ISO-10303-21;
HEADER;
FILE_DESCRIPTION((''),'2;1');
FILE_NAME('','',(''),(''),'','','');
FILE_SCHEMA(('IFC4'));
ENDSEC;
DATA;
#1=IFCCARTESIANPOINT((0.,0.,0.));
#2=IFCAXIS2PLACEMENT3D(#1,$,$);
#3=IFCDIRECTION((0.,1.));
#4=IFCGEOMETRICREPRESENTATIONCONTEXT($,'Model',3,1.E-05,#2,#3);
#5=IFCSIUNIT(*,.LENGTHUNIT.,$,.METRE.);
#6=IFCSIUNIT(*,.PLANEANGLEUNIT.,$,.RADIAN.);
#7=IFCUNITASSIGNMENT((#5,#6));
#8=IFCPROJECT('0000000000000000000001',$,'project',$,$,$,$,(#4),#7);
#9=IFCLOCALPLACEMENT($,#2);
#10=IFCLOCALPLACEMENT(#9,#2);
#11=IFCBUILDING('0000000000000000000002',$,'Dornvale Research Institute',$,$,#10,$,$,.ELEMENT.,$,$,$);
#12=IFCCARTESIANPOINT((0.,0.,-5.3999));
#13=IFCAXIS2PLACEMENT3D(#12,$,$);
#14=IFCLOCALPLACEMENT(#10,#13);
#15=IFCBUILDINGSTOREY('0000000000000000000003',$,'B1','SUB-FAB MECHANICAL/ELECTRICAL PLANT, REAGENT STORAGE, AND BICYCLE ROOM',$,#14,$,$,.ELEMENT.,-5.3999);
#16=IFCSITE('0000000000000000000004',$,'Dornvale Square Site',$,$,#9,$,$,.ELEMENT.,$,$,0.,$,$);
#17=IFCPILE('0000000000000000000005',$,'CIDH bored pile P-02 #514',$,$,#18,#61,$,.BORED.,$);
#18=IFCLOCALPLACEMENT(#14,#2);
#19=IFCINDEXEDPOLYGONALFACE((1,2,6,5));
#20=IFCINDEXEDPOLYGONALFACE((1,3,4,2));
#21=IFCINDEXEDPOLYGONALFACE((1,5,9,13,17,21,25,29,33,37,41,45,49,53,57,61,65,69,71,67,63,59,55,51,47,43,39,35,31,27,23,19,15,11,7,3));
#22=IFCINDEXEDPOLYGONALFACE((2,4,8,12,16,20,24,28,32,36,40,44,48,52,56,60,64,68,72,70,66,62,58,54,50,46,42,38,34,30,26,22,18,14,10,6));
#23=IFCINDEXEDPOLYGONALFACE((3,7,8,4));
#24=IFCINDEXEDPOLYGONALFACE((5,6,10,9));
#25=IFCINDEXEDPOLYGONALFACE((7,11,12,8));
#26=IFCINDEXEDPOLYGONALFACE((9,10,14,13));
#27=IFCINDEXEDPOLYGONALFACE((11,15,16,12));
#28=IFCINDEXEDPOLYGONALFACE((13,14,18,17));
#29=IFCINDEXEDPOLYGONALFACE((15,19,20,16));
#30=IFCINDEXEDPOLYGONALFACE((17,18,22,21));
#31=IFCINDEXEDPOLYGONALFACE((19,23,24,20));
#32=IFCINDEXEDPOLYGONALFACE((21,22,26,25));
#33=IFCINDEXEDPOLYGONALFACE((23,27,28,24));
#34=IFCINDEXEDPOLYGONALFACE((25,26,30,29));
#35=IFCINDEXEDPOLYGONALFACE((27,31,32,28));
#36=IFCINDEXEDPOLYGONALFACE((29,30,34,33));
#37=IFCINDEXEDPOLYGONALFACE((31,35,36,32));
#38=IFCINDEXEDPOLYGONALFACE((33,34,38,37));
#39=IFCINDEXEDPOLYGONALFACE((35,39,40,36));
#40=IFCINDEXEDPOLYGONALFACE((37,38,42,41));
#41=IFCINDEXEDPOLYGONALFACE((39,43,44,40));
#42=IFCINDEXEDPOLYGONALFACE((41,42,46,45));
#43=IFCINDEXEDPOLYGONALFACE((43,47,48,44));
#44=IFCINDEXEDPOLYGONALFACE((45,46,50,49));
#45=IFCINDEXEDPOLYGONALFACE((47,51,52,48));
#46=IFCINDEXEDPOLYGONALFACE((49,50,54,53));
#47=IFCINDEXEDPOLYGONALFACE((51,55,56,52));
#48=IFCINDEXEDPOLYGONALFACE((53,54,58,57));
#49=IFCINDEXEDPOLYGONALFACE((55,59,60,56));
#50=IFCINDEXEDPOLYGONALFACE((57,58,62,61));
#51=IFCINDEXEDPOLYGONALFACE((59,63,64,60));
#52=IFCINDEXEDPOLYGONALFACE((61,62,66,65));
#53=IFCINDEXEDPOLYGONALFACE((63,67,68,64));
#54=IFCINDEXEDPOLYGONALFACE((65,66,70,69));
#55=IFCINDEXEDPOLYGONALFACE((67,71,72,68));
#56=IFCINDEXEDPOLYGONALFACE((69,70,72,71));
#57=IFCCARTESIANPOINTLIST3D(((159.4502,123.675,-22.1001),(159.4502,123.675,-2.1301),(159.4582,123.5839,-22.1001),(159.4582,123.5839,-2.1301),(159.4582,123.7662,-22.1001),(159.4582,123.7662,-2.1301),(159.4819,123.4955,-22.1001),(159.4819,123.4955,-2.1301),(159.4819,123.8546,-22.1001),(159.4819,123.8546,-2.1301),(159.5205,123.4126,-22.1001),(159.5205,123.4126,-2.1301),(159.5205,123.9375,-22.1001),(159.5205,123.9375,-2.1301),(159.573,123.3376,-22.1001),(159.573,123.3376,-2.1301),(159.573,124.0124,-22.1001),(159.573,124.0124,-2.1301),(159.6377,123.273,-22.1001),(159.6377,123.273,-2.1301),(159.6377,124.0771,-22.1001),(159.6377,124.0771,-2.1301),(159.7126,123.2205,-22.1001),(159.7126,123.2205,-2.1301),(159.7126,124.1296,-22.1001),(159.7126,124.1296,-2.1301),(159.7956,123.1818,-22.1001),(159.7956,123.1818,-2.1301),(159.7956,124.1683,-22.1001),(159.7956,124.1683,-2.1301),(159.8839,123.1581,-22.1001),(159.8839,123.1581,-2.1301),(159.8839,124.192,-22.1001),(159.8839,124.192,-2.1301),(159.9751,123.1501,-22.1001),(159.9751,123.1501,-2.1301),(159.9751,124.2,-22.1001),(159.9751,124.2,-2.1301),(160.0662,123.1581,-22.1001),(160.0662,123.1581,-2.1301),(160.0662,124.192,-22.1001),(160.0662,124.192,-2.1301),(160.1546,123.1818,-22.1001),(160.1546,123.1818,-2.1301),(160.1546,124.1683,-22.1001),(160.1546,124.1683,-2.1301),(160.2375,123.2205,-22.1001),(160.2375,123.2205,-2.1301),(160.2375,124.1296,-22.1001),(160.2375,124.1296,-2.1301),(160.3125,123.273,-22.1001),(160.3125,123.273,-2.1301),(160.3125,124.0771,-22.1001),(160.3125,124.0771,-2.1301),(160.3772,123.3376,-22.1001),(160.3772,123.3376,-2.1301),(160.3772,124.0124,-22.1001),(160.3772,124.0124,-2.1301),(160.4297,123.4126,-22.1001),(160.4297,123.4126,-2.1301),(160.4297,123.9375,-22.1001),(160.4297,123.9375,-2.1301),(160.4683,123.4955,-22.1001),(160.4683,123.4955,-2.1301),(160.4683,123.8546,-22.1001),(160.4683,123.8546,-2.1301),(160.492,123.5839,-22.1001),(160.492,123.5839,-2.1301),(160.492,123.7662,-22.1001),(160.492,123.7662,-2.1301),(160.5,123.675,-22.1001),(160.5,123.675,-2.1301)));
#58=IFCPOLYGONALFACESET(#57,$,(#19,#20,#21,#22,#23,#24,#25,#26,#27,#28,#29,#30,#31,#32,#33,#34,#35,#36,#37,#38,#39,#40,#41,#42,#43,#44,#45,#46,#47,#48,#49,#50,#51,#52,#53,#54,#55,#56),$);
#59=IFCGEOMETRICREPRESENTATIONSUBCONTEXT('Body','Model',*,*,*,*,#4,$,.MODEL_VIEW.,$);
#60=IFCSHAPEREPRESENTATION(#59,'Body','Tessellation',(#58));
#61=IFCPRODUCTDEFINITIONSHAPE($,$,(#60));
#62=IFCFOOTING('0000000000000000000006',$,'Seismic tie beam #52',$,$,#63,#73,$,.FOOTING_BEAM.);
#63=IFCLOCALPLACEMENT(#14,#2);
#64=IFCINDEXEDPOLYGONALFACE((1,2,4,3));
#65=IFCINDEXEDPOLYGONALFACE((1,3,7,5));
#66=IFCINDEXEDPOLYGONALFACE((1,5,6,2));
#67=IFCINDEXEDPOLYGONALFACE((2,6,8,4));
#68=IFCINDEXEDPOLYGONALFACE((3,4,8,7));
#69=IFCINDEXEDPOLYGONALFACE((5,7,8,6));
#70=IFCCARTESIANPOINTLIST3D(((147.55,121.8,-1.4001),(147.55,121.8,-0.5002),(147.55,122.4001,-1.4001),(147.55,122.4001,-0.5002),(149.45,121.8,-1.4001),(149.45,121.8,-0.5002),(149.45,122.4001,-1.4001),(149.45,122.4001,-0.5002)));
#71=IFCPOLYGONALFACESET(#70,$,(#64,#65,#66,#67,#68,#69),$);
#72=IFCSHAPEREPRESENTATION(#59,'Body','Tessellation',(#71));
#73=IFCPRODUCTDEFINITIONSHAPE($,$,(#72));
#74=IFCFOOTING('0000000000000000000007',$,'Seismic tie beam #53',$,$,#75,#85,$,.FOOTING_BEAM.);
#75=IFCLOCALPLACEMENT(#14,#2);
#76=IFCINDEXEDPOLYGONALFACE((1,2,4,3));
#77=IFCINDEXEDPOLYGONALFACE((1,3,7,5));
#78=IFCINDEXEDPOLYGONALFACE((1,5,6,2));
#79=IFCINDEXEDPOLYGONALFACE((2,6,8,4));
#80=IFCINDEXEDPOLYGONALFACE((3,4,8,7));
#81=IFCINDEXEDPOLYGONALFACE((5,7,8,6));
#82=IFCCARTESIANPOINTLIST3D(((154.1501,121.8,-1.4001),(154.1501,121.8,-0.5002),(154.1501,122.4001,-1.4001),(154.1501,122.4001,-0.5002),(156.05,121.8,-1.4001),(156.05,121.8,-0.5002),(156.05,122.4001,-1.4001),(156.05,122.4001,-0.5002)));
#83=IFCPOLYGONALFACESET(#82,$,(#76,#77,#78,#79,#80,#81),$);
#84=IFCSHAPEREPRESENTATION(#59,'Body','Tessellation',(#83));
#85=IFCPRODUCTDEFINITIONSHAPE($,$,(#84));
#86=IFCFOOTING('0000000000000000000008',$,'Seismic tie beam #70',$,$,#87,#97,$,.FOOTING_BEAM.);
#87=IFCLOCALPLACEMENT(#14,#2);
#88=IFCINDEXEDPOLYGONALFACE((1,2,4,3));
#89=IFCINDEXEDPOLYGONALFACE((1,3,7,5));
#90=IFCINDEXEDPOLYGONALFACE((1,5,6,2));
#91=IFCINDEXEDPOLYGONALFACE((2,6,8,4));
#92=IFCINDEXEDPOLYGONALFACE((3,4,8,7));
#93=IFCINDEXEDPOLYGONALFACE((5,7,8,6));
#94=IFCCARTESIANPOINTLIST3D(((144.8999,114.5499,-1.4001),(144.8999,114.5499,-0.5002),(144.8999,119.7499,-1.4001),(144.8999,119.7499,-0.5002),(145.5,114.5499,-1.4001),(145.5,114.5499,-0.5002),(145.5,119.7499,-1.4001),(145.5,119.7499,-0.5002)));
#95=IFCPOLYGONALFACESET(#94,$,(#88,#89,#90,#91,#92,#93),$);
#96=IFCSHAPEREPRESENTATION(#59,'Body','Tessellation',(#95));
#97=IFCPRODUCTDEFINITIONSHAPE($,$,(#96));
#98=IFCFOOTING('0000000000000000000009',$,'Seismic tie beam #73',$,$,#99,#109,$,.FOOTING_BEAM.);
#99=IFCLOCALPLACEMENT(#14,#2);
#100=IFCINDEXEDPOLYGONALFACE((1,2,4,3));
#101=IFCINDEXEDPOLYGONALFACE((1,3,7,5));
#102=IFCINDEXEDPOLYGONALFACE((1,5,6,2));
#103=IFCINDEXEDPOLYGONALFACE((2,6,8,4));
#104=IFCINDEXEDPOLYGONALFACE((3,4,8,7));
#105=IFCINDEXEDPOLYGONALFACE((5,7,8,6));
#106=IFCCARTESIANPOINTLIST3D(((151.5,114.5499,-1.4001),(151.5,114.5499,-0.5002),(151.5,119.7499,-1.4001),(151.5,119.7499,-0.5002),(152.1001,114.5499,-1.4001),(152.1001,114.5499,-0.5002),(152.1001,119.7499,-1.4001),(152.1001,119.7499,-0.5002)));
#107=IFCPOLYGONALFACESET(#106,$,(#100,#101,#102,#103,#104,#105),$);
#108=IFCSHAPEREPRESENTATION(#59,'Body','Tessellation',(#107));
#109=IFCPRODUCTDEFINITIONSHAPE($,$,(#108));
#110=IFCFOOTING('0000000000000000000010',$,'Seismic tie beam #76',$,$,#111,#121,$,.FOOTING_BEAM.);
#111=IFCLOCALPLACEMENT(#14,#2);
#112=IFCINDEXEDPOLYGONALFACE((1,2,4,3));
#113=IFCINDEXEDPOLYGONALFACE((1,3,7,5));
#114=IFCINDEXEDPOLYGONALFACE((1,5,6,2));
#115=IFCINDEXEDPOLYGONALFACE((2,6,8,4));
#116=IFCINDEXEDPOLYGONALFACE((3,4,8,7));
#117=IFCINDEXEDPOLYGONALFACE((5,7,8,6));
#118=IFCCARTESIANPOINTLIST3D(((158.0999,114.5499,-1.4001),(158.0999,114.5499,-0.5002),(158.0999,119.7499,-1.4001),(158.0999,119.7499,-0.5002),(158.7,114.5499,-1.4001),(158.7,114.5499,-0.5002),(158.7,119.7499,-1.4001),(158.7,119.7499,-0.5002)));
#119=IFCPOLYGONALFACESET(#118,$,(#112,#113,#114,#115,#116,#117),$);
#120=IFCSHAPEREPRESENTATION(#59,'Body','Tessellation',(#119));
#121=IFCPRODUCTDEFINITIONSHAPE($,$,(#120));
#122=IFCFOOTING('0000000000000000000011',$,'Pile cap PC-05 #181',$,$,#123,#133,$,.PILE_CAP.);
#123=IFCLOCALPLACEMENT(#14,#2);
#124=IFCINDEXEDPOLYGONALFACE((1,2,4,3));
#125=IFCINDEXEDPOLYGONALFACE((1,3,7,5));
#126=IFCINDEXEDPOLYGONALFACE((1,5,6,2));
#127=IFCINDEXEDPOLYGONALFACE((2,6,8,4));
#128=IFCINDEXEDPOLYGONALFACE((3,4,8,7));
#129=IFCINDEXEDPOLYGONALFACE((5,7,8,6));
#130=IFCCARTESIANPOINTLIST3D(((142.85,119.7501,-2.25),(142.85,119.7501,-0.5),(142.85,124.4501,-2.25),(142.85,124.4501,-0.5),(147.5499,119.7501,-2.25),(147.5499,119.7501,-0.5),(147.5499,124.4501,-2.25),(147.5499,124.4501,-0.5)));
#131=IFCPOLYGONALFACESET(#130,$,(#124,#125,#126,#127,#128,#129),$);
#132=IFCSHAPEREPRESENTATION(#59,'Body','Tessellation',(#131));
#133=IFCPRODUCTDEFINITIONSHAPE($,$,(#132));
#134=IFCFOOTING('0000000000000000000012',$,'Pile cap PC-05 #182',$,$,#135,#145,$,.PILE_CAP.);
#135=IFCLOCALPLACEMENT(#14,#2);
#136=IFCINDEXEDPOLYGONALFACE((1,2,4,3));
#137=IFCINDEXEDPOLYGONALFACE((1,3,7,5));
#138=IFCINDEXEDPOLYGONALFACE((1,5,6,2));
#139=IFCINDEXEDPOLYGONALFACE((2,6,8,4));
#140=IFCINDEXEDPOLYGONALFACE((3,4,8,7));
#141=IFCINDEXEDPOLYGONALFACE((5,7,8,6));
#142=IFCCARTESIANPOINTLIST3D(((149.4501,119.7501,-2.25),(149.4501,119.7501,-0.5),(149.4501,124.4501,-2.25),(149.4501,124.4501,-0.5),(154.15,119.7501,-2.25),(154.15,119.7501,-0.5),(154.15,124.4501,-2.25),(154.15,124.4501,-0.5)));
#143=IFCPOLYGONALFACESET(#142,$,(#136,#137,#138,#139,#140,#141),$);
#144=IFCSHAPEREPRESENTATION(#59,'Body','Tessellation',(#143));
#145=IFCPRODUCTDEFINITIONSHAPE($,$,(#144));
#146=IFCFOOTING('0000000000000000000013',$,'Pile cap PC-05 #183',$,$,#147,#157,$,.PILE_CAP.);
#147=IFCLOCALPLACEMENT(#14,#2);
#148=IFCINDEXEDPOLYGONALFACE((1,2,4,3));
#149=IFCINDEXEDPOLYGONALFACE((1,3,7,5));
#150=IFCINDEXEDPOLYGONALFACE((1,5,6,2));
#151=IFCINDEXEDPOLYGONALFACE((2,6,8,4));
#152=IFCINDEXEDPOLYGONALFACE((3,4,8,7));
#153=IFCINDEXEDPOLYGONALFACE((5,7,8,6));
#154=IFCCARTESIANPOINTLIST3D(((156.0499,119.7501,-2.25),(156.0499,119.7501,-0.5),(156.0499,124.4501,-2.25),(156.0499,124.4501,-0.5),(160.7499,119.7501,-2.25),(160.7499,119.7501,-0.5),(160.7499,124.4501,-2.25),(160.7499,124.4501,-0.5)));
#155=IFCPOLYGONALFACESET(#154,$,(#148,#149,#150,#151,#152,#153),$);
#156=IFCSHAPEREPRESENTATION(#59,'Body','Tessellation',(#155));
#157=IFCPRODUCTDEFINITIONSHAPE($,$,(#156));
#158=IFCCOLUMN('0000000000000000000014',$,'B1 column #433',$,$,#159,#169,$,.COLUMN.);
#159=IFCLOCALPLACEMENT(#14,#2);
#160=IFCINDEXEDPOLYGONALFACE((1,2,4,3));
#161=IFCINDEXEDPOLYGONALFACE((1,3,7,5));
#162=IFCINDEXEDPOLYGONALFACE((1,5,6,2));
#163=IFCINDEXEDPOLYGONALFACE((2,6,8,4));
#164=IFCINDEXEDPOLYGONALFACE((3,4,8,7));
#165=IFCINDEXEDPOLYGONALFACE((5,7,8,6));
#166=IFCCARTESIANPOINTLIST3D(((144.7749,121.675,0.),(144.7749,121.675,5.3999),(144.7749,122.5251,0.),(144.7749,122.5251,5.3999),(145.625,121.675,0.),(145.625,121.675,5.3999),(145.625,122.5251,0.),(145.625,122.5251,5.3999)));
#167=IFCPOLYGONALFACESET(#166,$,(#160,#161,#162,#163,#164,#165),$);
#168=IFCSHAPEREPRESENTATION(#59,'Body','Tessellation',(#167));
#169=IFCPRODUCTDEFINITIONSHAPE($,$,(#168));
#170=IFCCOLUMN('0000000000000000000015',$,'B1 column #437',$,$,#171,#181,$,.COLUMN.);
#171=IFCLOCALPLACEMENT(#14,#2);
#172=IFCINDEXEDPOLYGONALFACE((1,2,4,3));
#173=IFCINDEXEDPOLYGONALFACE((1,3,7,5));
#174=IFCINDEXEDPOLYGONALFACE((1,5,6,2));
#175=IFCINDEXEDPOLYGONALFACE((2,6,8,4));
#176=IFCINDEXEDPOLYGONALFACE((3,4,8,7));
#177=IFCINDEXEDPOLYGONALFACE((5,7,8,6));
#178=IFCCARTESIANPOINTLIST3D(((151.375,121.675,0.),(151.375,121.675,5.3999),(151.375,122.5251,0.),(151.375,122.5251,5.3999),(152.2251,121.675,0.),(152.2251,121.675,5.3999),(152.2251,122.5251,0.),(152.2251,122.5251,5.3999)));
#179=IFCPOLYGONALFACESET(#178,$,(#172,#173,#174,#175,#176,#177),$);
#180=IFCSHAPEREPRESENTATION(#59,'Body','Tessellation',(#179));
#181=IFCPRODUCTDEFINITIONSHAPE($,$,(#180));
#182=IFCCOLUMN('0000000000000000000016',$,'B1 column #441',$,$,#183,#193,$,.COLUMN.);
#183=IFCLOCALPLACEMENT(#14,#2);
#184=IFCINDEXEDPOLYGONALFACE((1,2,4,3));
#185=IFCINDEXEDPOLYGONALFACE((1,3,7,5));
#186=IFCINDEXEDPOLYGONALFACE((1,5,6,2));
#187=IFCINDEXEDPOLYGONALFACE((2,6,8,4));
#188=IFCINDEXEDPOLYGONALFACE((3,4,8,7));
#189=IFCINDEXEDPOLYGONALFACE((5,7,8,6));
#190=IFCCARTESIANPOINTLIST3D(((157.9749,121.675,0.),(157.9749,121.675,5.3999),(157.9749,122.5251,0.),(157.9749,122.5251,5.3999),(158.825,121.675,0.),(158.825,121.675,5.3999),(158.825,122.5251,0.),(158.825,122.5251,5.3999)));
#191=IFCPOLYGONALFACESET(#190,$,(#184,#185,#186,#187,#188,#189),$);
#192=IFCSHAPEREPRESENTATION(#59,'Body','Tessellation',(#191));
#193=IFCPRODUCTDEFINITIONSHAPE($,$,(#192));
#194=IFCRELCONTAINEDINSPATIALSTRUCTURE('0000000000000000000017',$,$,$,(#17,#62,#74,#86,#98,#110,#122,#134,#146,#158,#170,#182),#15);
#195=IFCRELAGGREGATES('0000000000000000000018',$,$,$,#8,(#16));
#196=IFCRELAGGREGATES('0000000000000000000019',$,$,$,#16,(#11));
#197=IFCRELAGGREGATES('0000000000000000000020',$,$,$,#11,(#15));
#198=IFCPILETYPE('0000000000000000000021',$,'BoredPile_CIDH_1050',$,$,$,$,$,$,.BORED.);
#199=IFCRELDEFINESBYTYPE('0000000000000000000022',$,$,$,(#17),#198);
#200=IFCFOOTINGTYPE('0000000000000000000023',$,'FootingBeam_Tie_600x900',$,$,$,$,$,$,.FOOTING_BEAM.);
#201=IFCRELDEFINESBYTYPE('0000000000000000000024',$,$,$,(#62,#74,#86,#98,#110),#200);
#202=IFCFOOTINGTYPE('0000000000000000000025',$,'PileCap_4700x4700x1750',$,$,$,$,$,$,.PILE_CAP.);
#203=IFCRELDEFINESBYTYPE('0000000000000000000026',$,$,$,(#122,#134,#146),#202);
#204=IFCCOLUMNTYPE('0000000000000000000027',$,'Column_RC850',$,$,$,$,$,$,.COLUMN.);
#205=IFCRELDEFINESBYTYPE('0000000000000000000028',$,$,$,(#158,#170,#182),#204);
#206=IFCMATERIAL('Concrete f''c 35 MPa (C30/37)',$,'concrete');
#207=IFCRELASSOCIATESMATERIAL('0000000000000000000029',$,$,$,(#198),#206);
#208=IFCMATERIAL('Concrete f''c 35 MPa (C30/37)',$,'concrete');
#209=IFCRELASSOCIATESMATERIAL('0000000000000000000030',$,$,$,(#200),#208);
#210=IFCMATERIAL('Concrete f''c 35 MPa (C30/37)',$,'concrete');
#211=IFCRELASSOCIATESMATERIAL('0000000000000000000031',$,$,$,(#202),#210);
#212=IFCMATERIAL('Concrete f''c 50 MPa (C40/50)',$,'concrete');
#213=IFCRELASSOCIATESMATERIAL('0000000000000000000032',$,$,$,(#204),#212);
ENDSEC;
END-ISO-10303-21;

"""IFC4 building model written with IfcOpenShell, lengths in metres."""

from ifc_helpers import new_model, si_unit, direction, frame, origin, origin_2d, place, context, subcontext, project, spatial, rectangle, circle, extrude, material, material_profile, profile_set, type_object, element, save


model = new_model("IFC4")

# Units and contexts
model_context = context("Model", 3, precision=1e-05, world=origin(), true_north=direction((0.0, 1.0)))
body_context = subcontext(model_context, "Body", "Model", "MODEL_VIEW")
ifc_project = project(units=[si_unit("LENGTHUNIT", "METRE"), si_unit("PLANEANGLEUNIT", "RADIAN")], contexts=[model_context])

# Site, building, storey
site_placement = place(None, origin())
site = spatial("IfcSite", under=ifc_project, at=site_placement, Name="Dornvale Square Site", CompositionType="ELEMENT", RefElevation=0.0)
building_placement = place(site_placement, origin())
building = spatial("IfcBuilding", under=site, at=building_placement, Name="Dornvale Research Institute", CompositionType="ELEMENT")
storey_placement = place(building_placement, frame((0.0, 0.0, -5.3999)))
storey = spatial("IfcBuildingStorey", under=building, at=storey_placement, Name="B1", Description="SUB-FAB MECHANICAL/ELECTRICAL PLANT, REAGENT STORAGE, AND BICYCLE ROOM", CompositionType="ELEMENT", Elevation=-5.3999)

# Pile
ifc_material_1 = material(Name="Concrete f'c 35 MPa (C30/37)", Category="concrete")
ifc_material_profile_1 = material_profile(ifc_material_1, circle(Radius=0.5249, at=origin_2d()), Name="CIDH PILE D1050")
ifc_profile_set_1 = profile_set([ifc_material_profile_1], Name="Concrete f'c 35 MPa (C30/37)")
pile_type = type_object("IfcPileType", Name="BoredPile_CIDH_1050", PredefinedType="BORED", material=ifc_profile_set_1)
for number, where, z_axis, x_axis, name in (
    (1, (159.9751, 123.675, -2.1301), (0.0, 0.0, -1.0), (1.0, 0.0, 0.0), "CIDH bored pile P-02 #514"),
):
    element("IfcPile", number, at=place(storey_placement, frame(where, z_axis=z_axis, x_axis=x_axis)), inside=storey, type_object=pile_type, Name=name, PredefinedType="BORED", context=body_context, shape_type="SweptSolid", body=[
        extrude(circle(Radius=0.5249, at=origin_2d()), origin(), (0.0, 0.0, 1.0), 19.97),
    ])

# Footings
ifc_material_2 = material(Name="Concrete f'c 35 MPa (C30/37)", Category="concrete")
footing_type_1 = type_object("IfcFootingType", Name="FootingBeam_Tie_600x900", PredefinedType="FOOTING_BEAM", material=ifc_material_2)
for number, where, z_axis, x_axis, name in (
    (2, (148.5, 122.1001, -1.4001), (0.0, 0.0, 1.0), (1.0, 0.0, 0.0), "Seismic tie beam #52"),
    (3, (155.1001, 122.1001, -1.4001), (0.0, 0.0, 1.0), (1.0, 0.0, 0.0), "Seismic tie beam #53"),
):
    element("IfcFooting", number, at=place(storey_placement, frame(where, z_axis=z_axis, x_axis=x_axis)), inside=storey, type_object=footing_type_1, Name=name, PredefinedType="FOOTING_BEAM", context=body_context, shape_type="SweptSolid", body=[
        extrude(rectangle(XDim=1.8999, YDim=0.6001, at=origin_2d()), origin(), (0.0, 0.0, 1.0), 0.8999),
    ])
for number, where, z_axis, x_axis, name in (
    (4, (145.2, 117.1499, -1.4001), (0.0, 0.0, 1.0), (0.0, 1.0, 0.0), "Seismic tie beam #70"),
    (5, (151.8, 117.1499, -1.4001), (0.0, 0.0, 1.0), (0.0, 1.0, 0.0), "Seismic tie beam #73"),
    (6, (158.3999, 117.1499, -1.4001), (0.0, 0.0, 1.0), (0.0, 1.0, 0.0), "Seismic tie beam #76"),
):
    element("IfcFooting", number, at=place(storey_placement, frame(where, z_axis=z_axis, x_axis=x_axis)), inside=storey, type_object=footing_type_1, Name=name, PredefinedType="FOOTING_BEAM", context=body_context, shape_type="SweptSolid", body=[
        extrude(rectangle(XDim=5.2, YDim=0.6001, at=origin_2d()), origin(), (0.0, 0.0, 1.0), 0.8999),
    ])
ifc_material_3 = material(Name="Concrete f'c 35 MPa (C30/37)", Category="concrete")
footing_type_2 = type_object("IfcFootingType", Name="PileCap_4700x4700x1750", PredefinedType="PILE_CAP", material=ifc_material_3)
for number, where, z_axis, x_axis, name in (
    (7, (145.2, 122.1001, -2.25), (0.0, 0.0, 1.0), (1.0, 0.0, 0.0), "Pile cap PC-05 #181"),
    (8, (151.8, 122.1001, -2.25), (0.0, 0.0, 1.0), (1.0, 0.0, 0.0), "Pile cap PC-05 #182"),
    (9, (158.3999, 122.1001, -2.25), (0.0, 0.0, 1.0), (1.0, 0.0, 0.0), "Pile cap PC-05 #183"),
):
    element("IfcFooting", number, at=place(storey_placement, frame(where, z_axis=z_axis, x_axis=x_axis)), inside=storey, type_object=footing_type_2, Name=name, PredefinedType="PILE_CAP", context=body_context, shape_type="SweptSolid", body=[
        extrude(rectangle(XDim=4.7, YDim=4.7, at=origin_2d()), origin(), (0.0, 0.0, 1.0), 1.75),
    ])

# Columns
ifc_material_4 = material(Name="Concrete f'c 50 MPa (C40/50)", Category="concrete")
ifc_material_profile_2 = material_profile(ifc_material_4, rectangle(XDim=0.8501, YDim=0.8501, at=origin_2d()), Name="RC 850x850")
ifc_profile_set_2 = profile_set([ifc_material_profile_2], Name="Concrete f'c 50 MPa (C40/50)")
column_type = type_object("IfcColumnType", Name="Column_RC850", PredefinedType="COLUMN", material=ifc_profile_set_2)
for number, where, z_axis, x_axis, name in (
    (10, (145.2, 122.1001, 0.0), (0.0, 0.0, 1.0), (1.0, 0.0, 0.0), "B1 column #433"),
    (11, (151.8, 122.1001, 0.0), (0.0, 0.0, 1.0), (1.0, 0.0, 0.0), "B1 column #437"),
    (12, (158.3999, 122.1001, 0.0), (0.0, 0.0, 1.0), (1.0, 0.0, 0.0), "B1 column #441"),
):
    element("IfcColumn", number, at=place(storey_placement, frame(where, z_axis=z_axis, x_axis=x_axis)), inside=storey, type_object=column_type, Name=name, PredefinedType="COLUMN", context=body_context, shape_type="SweptSolid", body=[
        extrude(rectangle(XDim=0.8501, YDim=0.8501, at=origin_2d()), origin(), (0.0, 0.0, 1.0), 5.3999),
    ])

save(model, "model.ifc")
